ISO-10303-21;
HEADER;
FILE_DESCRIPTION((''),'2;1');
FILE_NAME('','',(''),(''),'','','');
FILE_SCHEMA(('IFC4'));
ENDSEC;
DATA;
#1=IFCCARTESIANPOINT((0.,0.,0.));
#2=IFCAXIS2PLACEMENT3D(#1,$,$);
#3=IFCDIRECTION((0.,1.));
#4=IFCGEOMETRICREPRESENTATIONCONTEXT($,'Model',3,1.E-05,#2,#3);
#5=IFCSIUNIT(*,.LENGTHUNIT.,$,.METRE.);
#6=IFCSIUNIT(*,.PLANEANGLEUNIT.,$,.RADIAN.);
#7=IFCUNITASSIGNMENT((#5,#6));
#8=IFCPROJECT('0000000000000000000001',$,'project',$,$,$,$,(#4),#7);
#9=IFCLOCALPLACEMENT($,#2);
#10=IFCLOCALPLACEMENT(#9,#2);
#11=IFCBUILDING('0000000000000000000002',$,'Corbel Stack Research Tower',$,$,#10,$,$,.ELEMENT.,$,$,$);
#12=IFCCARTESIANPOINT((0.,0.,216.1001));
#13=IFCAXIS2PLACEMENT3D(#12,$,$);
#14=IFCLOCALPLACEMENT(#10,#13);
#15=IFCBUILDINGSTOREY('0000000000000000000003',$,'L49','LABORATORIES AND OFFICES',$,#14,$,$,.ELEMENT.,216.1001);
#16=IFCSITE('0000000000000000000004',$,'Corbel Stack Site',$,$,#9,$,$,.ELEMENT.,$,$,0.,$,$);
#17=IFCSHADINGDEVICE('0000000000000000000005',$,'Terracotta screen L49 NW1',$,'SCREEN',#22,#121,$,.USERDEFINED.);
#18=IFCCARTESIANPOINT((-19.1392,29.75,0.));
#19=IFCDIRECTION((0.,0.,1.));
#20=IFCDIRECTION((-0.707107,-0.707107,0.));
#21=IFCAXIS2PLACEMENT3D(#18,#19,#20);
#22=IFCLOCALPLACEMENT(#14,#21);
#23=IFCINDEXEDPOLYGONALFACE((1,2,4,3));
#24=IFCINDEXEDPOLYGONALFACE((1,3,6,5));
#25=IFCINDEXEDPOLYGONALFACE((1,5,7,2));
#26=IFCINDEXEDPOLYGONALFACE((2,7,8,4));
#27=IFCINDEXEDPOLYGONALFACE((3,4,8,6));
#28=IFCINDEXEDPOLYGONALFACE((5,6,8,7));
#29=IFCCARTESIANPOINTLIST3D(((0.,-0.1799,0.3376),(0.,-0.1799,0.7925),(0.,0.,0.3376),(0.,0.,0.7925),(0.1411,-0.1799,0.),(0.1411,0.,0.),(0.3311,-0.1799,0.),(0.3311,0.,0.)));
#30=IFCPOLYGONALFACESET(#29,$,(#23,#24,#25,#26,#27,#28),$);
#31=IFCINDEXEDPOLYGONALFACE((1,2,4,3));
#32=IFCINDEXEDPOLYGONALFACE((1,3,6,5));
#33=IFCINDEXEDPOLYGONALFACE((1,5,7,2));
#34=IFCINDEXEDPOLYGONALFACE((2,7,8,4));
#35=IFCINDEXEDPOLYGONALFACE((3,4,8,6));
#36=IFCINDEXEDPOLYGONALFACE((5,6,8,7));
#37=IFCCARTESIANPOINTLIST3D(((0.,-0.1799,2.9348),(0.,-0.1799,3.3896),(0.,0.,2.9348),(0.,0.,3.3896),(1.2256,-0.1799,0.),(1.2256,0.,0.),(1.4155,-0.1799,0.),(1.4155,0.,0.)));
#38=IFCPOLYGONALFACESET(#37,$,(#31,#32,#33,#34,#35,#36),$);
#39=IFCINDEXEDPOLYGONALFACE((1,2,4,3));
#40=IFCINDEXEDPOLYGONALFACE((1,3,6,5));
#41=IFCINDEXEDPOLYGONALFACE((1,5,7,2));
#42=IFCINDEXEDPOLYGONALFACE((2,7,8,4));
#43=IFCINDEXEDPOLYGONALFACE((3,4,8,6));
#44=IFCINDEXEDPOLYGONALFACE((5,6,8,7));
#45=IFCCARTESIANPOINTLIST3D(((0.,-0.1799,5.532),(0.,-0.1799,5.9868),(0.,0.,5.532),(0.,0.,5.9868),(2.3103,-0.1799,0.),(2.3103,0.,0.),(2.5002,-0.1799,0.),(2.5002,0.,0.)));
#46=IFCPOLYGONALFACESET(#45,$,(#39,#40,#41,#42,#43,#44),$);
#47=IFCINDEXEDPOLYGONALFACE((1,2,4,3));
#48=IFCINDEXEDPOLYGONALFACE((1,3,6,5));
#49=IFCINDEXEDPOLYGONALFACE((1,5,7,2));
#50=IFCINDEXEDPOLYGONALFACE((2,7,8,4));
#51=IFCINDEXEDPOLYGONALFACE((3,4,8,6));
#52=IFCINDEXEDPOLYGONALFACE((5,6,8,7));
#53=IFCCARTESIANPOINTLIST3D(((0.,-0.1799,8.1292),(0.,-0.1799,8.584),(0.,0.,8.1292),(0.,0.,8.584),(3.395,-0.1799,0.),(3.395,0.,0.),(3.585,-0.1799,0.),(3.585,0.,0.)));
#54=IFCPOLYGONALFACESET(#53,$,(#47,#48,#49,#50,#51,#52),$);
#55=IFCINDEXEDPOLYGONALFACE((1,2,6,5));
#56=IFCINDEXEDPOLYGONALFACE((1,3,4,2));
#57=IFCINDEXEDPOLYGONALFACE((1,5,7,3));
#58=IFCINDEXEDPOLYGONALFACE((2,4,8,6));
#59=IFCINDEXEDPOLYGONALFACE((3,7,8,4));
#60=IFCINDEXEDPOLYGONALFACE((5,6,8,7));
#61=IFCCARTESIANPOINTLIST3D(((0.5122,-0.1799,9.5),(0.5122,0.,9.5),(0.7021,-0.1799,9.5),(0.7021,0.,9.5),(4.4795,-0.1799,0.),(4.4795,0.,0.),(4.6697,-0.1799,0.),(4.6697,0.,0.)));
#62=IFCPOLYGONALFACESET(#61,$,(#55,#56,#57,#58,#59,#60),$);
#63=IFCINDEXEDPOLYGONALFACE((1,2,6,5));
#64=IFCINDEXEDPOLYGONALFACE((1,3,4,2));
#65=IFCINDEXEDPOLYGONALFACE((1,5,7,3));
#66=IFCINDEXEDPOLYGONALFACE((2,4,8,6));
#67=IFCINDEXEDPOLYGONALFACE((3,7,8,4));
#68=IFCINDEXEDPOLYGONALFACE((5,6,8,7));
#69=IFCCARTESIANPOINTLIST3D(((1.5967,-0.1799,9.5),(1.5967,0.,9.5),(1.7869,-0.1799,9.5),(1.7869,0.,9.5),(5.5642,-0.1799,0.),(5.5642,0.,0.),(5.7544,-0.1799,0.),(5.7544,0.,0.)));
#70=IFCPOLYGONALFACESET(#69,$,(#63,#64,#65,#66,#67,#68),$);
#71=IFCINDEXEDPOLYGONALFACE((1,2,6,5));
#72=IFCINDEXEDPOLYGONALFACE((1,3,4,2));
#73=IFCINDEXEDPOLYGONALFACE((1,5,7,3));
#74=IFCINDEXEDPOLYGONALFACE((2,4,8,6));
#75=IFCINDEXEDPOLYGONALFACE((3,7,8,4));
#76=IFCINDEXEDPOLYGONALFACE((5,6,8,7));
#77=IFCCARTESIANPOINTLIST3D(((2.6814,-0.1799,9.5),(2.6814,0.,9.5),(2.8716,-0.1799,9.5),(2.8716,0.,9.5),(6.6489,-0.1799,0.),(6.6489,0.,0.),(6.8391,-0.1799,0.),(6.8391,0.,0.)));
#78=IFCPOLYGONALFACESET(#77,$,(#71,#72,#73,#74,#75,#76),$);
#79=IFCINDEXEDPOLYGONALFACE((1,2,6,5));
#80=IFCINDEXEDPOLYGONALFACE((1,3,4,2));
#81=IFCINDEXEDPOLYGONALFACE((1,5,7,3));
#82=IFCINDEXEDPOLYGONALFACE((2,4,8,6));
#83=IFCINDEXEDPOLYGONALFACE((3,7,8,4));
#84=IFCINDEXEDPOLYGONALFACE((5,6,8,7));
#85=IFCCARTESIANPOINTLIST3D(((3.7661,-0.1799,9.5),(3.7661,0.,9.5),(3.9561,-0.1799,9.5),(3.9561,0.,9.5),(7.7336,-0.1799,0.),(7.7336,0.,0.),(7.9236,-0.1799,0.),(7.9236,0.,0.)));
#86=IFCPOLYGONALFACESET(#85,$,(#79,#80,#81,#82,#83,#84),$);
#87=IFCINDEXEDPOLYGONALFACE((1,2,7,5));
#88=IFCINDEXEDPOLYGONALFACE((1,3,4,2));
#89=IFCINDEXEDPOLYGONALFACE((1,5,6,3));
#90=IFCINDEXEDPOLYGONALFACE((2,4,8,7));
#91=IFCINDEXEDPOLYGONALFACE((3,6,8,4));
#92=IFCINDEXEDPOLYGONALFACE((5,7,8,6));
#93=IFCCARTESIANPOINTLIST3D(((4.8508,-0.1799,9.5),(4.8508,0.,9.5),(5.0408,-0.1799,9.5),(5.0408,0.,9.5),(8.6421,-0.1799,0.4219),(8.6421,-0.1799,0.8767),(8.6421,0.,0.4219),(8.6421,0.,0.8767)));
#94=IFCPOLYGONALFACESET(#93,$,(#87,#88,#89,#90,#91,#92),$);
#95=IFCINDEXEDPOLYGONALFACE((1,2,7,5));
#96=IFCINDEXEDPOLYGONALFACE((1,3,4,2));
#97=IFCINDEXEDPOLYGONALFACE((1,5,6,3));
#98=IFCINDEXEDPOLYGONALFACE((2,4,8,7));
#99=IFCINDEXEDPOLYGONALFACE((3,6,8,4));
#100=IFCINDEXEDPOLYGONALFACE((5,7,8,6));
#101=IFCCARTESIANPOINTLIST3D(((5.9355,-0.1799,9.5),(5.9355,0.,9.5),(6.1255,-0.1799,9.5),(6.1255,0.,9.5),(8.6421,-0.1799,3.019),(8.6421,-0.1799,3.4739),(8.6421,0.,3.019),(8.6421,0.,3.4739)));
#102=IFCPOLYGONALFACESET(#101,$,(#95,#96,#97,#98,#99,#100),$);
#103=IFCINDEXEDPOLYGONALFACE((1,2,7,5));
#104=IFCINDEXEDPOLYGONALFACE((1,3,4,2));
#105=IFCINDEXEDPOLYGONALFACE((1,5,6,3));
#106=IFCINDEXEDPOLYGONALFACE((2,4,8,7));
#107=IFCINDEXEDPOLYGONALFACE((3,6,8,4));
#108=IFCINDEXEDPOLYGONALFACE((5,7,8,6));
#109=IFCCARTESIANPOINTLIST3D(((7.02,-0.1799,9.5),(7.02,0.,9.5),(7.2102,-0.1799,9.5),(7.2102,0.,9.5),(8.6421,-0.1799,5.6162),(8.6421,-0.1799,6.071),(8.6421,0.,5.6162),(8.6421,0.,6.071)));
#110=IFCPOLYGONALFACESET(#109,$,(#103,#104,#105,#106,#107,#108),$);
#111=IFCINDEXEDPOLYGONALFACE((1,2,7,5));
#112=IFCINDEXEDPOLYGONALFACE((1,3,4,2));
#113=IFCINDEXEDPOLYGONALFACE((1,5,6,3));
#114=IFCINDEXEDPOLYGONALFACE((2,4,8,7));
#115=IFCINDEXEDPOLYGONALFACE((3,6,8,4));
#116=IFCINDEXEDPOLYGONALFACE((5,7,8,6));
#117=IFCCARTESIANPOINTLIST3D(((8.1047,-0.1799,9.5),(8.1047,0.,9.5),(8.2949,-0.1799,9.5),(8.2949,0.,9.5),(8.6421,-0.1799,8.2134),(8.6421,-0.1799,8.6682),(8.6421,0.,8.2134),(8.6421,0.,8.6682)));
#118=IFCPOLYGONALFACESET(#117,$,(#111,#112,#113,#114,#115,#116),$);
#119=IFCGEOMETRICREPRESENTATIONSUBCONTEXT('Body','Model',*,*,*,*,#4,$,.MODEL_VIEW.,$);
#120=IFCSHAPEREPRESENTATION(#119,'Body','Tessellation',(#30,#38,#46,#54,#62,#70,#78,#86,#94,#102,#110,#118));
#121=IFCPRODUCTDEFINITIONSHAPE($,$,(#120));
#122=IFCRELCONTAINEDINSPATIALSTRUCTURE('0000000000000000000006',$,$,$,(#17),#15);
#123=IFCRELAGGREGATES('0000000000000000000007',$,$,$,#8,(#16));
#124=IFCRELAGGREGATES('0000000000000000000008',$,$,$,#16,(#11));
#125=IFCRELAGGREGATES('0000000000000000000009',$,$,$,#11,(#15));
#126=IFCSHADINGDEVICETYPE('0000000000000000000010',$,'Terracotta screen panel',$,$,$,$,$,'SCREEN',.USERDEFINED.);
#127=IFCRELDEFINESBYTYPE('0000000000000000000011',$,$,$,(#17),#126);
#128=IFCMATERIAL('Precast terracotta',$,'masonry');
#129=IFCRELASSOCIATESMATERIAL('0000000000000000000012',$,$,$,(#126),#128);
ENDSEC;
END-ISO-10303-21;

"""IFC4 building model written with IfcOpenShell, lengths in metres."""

from ifc_helpers import new_model, si_unit, direction, frame, origin, place, context, subcontext, project, spatial, polyline, outline, extrude, source, transform, mapped, material, type_object, element, save


model = new_model("IFC4")

# Units and contexts
model_context = context("Model", 3, precision=1e-05, world=origin(), true_north=direction((0.0, 1.0)))
body_context = subcontext(model_context, "Body", "Model", "MODEL_VIEW")
ifc_project = project(units=[si_unit("LENGTHUNIT", "METRE"), si_unit("PLANEANGLEUNIT", "RADIAN")], contexts=[model_context])

# Site, building, storey
site_placement = place(None, origin())
site = spatial("IfcSite", under=ifc_project, at=site_placement, Name="Corbel Stack Site", CompositionType="ELEMENT", RefElevation=0.0)
building_placement = place(site_placement, origin())
building = spatial("IfcBuilding", under=site, at=building_placement, Name="Corbel Stack Research Tower", CompositionType="ELEMENT")
storey_placement = place(building_placement, frame((0.0, 0.0, 216.1001)))
storey = spatial("IfcBuildingStorey", under=building, at=storey_placement, Name="L49", Description="LABORATORIES AND OFFICES", CompositionType="ELEMENT", Elevation=216.1001)

# Shading device
ifc_material_1 = material(Name="Precast terracotta", Category="masonry")
shading_device_type = type_object("IfcShadingDeviceType", Name="Terracotta screen panel", ElementType="SCREEN", PredefinedType="USERDEFINED", material=ifc_material_1)
shared_shape_1 = source(origin(), body_context, "Body", "SweptSolid", [
    extrude(outline(polyline([(0.3311, 0.0), (0.0, 0.7925), (0.0, 0.3376), (0.1411, 0.0), (0.3311, 0.0)])), frame((0.0, 0.0, 0.0), z_axis=(0.0, -1.0, 0.0), x_axis=(1.0, 0.0, 0.0)), (0.0, 0.0, 1.0), 0.1799),
    extrude(outline(polyline([(1.4155, 0.0), (0.0, 3.3896), (0.0, 2.9348), (1.2256, 0.0), (1.4155, 0.0)])), frame((0.0, 0.0, 0.0), z_axis=(0.0, -1.0, 0.0), x_axis=(1.0, 0.0, 0.0)), (0.0, 0.0, 1.0), 0.1799),
    extrude(outline(polyline([(2.5002, 0.0), (0.0, 5.9868), (0.0, 5.532), (2.3103, 0.0), (2.5002, 0.0)])), frame((0.0, 0.0, 0.0), z_axis=(0.0, -1.0, 0.0), x_axis=(1.0, 0.0, 0.0)), (0.0, 0.0, 1.0), 0.1799),
    extrude(outline(polyline([(3.585, 0.0), (0.0, 8.584), (0.0, 8.1292), (3.395, 0.0), (3.585, 0.0)])), frame((0.0, 0.0, 0.0), z_axis=(0.0, -1.0, 0.0), x_axis=(1.0, 0.0, 0.0)), (0.0, 0.0, 1.0), 0.1799),
    extrude(outline(polyline([(4.6697, 0.0), (0.7021, 9.5), (0.5122, 9.5), (4.4795, 0.0), (4.6697, 0.0)])), frame((0.0, 0.0, 0.0), z_axis=(0.0, -1.0, 0.0), x_axis=(1.0, 0.0, 0.0)), (0.0, 0.0, 1.0), 0.1799),
    extrude(outline(polyline([(5.7544, 0.0), (1.7869, 9.5), (1.5967, 9.5), (5.5642, 0.0), (5.7544, 0.0)])), frame((0.0, 0.0, 0.0), z_axis=(0.0, -1.0, 0.0), x_axis=(1.0, 0.0, 0.0)), (0.0, 0.0, 1.0), 0.1799),
    extrude(outline(polyline([(6.8391, 0.0), (2.8716, 9.5), (2.6814, 9.5), (6.6489, 0.0), (6.8391, 0.0)])), frame((0.0, 0.0, 0.0), z_axis=(0.0, -1.0, 0.0), x_axis=(1.0, 0.0, 0.0)), (0.0, 0.0, 1.0), 0.1799),
    extrude(outline(polyline([(7.9236, 0.0), (3.9561, 9.5), (3.7661, 9.5), (7.7336, 0.0), (7.9236, 0.0)])), frame((0.0, 0.0, 0.0), z_axis=(0.0, -1.0, 0.0), x_axis=(1.0, 0.0, 0.0)), (0.0, 0.0, 1.0), 0.1799),
    extrude(outline(polyline([(5.0408, 9.5), (4.8508, 9.5), (8.6421, 0.4219), (8.6421, 0.8767), (5.0408, 9.5)])), frame((0.0, 0.0, 0.0), z_axis=(0.0, -1.0, 0.0), x_axis=(1.0, 0.0, 0.0)), (0.0, 0.0, 1.0), 0.1799),
    extrude(outline(polyline([(6.1255, 9.5), (5.9355, 9.5), (8.6421, 3.019), (8.6421, 3.4739), (6.1255, 9.5)])), frame((0.0, 0.0, 0.0), z_axis=(0.0, -1.0, 0.0), x_axis=(1.0, 0.0, 0.0)), (0.0, 0.0, 1.0), 0.1799),
    extrude(outline(polyline([(7.2102, 9.5), (7.02, 9.5), (8.6421, 5.6162), (8.6421, 6.071), (7.2102, 9.5)])), frame((0.0, 0.0, 0.0), z_axis=(0.0, -1.0, 0.0), x_axis=(1.0, 0.0, 0.0)), (0.0, 0.0, 1.0), 0.1799),
    extrude(outline(polyline([(8.2949, 9.5), (8.1047, 9.5), (8.6421, 8.2134), (8.6421, 8.6682), (8.2949, 9.5)])), frame((0.0, 0.0, 0.0), z_axis=(0.0, -1.0, 0.0), x_axis=(1.0, 0.0, 0.0)), (0.0, 0.0, 1.0), 0.1799),
])
shading_device_1_placement = place(storey_placement, frame((-19.1392, 29.75, 0.0), z_axis=(0.0, 0.0, 1.0), x_axis=(-0.707107, -0.707107, 0.0)))
element("IfcShadingDevice", 1, at=shading_device_1_placement, inside=storey, type_object=shading_device_type, Name="Terracotta screen L49 NW1", ObjectType="SCREEN", PredefinedType="USERDEFINED", context=body_context, shape_type="MappedRepresentation", body=[
    mapped(shared_shape_1, transform((0.0, 0.0, 0.0))),
])

save(model, "model.ifc")
